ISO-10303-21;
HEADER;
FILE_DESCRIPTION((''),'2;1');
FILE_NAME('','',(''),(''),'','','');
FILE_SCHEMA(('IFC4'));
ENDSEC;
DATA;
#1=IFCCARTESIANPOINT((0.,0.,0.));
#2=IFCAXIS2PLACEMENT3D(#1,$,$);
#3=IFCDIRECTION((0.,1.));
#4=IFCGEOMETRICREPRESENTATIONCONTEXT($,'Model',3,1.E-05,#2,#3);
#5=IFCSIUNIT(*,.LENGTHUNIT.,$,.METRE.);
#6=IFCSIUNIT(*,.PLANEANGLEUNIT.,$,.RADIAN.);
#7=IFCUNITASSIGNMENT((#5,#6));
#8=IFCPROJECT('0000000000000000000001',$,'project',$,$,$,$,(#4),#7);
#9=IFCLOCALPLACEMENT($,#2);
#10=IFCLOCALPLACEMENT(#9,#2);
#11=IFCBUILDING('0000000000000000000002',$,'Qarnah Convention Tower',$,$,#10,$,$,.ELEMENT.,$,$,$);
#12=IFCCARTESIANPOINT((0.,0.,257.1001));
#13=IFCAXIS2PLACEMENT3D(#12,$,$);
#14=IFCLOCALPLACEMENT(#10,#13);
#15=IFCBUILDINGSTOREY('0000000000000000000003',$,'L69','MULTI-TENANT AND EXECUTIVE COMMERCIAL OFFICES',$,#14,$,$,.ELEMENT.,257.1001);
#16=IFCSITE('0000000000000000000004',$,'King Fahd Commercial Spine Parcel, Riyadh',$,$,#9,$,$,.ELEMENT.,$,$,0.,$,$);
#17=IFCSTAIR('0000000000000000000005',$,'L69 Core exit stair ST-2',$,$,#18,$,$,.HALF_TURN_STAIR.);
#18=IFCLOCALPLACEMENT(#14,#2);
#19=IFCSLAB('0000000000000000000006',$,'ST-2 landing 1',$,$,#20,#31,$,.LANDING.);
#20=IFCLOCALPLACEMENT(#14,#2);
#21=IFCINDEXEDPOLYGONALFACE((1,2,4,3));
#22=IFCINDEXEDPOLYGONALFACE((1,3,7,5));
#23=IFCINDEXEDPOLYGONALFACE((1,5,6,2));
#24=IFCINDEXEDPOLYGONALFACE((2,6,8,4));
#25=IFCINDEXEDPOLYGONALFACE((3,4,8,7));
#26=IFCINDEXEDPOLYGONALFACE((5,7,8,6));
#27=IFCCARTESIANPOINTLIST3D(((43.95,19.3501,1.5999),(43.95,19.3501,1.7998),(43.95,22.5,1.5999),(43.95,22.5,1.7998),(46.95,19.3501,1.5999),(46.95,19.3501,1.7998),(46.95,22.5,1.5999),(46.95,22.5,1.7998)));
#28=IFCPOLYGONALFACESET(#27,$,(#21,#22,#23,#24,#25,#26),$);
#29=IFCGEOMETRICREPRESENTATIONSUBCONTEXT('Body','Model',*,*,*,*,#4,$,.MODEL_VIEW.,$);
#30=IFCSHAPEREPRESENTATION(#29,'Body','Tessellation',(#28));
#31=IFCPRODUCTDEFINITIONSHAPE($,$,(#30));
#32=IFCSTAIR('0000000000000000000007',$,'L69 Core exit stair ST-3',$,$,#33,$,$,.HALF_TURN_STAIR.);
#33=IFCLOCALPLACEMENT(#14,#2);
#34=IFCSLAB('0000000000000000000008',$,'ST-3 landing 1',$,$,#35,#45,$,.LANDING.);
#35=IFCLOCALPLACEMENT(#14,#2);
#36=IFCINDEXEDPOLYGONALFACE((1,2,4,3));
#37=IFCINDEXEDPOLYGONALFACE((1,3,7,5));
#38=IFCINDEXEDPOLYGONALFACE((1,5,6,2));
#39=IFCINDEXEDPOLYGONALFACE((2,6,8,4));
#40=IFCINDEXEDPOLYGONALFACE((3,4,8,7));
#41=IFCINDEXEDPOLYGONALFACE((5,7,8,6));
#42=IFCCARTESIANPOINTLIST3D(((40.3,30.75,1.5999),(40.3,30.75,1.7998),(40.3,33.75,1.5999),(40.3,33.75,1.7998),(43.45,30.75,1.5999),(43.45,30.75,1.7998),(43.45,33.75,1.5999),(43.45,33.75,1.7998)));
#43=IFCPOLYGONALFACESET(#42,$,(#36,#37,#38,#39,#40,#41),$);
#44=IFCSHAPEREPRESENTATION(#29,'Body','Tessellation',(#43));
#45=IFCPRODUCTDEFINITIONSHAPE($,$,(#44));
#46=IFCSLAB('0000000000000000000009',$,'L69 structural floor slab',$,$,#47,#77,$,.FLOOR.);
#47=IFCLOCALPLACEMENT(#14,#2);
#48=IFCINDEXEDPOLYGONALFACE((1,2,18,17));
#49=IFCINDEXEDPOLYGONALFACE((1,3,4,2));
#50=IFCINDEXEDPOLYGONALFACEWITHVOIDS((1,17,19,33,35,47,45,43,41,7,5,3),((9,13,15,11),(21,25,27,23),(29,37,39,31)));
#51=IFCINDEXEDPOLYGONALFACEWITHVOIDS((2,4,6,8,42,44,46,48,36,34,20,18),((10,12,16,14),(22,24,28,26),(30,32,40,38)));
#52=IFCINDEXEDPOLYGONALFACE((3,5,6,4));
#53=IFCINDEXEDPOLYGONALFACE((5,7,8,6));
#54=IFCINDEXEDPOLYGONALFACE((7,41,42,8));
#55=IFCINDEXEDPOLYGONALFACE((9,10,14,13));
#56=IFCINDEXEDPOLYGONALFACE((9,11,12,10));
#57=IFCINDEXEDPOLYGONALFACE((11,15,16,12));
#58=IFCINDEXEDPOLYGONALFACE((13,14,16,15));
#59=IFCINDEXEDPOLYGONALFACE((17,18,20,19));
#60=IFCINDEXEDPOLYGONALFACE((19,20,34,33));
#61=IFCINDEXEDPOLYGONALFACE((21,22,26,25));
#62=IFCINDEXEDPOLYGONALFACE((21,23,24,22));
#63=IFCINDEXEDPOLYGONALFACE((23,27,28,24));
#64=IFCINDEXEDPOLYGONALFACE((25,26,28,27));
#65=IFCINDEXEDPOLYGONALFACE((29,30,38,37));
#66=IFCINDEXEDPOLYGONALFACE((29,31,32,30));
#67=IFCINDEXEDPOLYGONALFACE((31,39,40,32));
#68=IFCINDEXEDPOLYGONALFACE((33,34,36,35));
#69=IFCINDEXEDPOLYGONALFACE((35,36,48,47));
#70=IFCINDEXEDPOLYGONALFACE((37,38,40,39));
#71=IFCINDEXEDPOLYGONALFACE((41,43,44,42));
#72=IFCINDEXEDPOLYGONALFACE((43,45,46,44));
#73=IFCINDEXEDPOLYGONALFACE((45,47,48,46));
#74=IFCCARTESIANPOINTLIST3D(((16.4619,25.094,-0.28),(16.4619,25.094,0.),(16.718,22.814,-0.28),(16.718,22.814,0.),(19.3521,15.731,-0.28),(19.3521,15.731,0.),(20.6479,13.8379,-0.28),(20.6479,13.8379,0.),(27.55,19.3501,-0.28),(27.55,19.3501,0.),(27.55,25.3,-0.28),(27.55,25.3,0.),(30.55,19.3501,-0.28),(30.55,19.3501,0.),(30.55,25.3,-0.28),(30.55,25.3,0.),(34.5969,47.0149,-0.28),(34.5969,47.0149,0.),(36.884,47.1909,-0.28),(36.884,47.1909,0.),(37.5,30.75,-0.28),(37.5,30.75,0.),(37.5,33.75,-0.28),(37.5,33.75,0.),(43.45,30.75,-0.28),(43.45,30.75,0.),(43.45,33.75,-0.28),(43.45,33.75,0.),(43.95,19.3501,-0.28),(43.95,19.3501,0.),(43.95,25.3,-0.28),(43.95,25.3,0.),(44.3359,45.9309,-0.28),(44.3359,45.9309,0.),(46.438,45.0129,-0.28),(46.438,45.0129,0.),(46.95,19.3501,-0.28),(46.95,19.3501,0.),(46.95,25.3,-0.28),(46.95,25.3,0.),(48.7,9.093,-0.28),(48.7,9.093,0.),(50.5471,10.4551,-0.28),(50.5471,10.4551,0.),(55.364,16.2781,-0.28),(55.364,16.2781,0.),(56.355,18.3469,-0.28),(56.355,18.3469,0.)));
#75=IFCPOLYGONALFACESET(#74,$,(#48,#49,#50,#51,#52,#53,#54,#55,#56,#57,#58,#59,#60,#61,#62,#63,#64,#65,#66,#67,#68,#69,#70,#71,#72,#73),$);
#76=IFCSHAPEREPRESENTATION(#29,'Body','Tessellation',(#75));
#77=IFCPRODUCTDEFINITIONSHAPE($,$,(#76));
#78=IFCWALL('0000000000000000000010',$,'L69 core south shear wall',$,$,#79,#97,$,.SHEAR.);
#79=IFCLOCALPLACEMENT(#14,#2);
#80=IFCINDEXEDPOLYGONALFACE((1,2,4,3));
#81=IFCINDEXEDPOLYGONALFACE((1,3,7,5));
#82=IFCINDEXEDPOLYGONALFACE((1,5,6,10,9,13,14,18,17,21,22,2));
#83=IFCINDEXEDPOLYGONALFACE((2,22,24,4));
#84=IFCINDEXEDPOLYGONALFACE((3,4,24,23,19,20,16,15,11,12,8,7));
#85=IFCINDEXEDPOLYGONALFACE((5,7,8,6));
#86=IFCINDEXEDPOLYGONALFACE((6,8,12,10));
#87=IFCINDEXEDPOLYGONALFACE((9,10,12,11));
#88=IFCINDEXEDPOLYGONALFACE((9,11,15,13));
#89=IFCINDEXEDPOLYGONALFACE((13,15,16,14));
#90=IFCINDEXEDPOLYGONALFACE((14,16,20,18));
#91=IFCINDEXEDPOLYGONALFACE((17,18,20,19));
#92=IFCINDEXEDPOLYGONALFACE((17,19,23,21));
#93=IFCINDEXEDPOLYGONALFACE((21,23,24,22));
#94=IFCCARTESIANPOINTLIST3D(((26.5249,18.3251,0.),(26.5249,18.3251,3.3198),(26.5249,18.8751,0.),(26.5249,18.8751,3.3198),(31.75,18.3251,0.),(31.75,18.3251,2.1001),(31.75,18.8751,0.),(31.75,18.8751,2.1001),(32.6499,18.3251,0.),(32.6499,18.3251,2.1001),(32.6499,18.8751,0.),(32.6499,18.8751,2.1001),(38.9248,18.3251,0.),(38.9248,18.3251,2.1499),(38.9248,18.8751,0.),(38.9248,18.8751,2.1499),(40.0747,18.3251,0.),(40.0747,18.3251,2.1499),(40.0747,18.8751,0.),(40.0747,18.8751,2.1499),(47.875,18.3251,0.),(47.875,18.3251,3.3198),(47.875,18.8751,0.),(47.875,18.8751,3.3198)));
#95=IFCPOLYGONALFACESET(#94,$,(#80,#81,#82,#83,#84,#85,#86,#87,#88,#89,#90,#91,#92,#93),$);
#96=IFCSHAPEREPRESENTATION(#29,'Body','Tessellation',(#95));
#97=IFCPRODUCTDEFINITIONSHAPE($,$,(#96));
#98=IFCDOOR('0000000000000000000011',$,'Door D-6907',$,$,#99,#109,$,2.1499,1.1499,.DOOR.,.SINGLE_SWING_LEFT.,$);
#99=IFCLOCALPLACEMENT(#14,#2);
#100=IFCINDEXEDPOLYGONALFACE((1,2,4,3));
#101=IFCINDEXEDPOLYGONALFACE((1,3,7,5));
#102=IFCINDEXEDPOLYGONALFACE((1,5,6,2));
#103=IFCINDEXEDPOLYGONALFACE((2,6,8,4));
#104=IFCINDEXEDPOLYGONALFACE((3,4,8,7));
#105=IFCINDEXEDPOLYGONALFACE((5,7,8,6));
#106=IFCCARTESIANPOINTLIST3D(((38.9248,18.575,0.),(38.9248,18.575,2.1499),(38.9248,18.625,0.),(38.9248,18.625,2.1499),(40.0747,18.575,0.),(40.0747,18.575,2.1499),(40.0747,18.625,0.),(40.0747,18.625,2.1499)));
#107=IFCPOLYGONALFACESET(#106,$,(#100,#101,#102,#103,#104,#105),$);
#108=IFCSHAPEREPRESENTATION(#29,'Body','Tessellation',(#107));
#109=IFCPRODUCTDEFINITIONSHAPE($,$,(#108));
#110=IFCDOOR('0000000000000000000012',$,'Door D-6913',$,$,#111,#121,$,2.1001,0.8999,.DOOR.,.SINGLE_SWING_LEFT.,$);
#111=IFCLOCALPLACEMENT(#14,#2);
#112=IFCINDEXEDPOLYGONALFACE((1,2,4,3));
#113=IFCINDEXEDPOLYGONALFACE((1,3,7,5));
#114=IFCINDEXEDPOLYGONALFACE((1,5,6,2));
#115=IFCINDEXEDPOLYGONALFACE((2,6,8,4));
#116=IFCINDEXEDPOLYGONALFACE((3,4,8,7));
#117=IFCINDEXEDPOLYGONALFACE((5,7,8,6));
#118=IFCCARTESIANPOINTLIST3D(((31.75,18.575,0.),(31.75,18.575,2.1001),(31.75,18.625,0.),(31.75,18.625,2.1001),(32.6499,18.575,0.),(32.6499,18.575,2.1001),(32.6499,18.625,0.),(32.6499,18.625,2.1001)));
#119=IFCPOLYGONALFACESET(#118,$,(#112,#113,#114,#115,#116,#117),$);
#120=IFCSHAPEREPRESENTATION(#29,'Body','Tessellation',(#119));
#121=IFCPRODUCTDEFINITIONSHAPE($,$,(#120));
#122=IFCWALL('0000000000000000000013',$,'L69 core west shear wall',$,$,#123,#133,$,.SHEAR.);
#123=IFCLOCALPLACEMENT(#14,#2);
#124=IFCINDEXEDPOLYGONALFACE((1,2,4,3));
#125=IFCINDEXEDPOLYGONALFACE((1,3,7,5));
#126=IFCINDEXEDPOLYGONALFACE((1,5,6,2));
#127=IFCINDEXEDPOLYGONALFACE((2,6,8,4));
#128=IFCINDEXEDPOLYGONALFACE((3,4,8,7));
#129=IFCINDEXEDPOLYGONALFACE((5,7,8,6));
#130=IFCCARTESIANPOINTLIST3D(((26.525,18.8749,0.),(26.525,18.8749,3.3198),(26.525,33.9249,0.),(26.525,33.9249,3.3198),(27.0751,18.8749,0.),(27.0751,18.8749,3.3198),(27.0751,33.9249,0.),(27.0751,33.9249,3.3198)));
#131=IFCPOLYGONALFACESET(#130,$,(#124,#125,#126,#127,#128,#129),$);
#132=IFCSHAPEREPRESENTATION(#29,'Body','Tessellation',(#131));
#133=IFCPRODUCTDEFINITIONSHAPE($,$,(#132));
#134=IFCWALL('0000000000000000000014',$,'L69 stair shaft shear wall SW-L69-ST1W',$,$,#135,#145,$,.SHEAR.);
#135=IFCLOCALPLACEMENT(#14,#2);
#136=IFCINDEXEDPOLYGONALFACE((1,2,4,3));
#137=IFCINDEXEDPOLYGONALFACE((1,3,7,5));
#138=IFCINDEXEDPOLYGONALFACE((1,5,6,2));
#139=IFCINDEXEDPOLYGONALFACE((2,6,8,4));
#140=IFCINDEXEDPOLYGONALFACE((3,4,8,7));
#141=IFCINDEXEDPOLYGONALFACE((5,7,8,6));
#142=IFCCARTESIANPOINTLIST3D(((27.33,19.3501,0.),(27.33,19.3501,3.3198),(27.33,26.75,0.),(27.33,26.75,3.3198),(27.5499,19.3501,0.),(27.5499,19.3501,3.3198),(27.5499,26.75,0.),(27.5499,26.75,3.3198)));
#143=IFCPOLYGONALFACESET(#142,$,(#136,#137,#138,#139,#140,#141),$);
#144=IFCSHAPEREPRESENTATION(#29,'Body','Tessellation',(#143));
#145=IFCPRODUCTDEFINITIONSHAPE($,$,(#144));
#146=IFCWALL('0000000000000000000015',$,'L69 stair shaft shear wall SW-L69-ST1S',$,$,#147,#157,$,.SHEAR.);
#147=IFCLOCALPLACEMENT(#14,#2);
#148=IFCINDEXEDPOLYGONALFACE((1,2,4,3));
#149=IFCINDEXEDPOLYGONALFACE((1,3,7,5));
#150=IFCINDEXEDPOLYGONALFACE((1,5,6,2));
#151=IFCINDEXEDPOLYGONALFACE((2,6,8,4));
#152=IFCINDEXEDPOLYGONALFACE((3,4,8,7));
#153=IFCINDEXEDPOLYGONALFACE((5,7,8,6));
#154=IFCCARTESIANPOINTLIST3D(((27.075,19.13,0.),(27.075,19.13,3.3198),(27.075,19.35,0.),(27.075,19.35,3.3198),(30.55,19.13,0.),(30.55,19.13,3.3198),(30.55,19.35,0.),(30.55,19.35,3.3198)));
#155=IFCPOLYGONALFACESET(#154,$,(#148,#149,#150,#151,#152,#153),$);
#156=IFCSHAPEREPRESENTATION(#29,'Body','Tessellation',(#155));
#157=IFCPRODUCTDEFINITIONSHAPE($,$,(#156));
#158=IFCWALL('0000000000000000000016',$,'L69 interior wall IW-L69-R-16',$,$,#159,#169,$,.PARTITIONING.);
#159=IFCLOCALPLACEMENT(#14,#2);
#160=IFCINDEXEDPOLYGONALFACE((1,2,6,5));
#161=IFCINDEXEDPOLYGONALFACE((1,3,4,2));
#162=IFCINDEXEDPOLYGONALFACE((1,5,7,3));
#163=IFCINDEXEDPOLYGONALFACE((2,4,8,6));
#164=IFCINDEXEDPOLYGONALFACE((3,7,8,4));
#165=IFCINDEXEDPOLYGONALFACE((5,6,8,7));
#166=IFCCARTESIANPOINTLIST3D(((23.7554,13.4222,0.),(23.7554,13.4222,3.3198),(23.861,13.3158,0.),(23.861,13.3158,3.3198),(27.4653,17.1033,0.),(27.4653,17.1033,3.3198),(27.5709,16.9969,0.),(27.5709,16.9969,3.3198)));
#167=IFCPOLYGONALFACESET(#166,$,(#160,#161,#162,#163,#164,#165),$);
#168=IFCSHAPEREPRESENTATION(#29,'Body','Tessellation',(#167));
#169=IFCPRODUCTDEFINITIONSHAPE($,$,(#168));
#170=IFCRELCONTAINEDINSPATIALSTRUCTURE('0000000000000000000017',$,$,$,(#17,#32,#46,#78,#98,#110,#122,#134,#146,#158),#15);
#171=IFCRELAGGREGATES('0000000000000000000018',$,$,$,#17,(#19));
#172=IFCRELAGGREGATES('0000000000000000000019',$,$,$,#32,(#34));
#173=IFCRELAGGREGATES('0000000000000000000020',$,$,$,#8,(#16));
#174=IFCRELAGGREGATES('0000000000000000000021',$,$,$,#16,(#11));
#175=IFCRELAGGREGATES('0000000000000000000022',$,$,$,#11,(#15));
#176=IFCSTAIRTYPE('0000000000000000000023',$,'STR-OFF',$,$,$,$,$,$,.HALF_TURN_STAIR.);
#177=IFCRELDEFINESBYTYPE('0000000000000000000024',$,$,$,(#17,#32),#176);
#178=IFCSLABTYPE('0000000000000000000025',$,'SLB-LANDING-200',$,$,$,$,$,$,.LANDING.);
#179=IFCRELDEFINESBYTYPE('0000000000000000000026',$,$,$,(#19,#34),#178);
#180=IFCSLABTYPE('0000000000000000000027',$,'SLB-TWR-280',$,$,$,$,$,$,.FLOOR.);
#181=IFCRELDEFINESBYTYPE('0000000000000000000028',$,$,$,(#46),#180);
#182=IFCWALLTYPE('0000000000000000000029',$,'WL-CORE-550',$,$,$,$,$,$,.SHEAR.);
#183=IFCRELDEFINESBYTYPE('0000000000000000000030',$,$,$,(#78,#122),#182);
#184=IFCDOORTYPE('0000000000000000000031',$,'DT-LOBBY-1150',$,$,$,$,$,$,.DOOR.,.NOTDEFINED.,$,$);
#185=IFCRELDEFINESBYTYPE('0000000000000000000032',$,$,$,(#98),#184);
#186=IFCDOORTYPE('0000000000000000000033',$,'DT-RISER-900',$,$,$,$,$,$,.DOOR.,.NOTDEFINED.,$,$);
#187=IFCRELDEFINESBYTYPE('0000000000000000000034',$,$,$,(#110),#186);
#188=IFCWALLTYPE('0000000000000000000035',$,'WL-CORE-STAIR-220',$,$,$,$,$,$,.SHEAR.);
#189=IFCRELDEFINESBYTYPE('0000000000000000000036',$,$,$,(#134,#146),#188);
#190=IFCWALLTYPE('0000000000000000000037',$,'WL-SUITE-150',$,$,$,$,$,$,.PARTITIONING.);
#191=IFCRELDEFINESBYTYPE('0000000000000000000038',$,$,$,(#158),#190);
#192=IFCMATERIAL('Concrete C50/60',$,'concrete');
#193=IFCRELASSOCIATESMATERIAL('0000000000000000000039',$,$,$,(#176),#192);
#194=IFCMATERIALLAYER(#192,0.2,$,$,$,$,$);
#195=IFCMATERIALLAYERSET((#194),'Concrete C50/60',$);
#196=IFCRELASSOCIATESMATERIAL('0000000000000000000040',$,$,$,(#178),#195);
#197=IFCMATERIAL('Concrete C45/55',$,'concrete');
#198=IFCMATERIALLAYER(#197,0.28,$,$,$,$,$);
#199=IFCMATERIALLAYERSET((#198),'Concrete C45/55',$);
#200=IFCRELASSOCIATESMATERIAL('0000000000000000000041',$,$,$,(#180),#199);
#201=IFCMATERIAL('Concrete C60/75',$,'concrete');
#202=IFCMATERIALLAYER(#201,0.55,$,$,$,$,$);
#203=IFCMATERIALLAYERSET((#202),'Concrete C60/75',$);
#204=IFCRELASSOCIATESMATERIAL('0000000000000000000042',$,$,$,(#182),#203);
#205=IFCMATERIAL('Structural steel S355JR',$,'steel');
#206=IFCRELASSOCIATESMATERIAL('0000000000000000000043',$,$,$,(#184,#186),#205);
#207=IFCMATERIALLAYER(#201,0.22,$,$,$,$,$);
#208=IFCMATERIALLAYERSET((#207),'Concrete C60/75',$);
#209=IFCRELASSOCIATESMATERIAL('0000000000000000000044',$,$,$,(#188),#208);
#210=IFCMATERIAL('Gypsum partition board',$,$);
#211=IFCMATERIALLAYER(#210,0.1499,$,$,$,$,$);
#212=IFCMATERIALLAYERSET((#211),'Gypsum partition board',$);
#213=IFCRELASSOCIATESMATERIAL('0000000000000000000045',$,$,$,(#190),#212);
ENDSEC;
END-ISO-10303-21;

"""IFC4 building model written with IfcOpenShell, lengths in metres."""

from ifc_helpers import new_model, si_unit, direction, frame, frame_2d, origin, place, context, subcontext, project, spatial, polyline, rectangle, outline, extrude, material, layer, layer_set, type_object, element, fill, aggregate, save


model = new_model("IFC4")

# Units and contexts
model_context = context("Model", 3, precision=1e-05, world=origin(), true_north=direction((0.0, 1.0)))
body_context = subcontext(model_context, "Body", "Model", "MODEL_VIEW")
ifc_project = project(units=[si_unit("LENGTHUNIT", "METRE"), si_unit("PLANEANGLEUNIT", "RADIAN")], contexts=[model_context])

# Site, building, storey
site_placement = place(None, origin())
site = spatial("IfcSite", under=ifc_project, at=site_placement, Name="King Fahd Commercial Spine Parcel, Riyadh", CompositionType="ELEMENT", RefElevation=0.0)
building_placement = place(site_placement, origin())
building = spatial("IfcBuilding", under=site, at=building_placement, Name="Qarnah Convention Tower", CompositionType="ELEMENT")
storey_placement = place(building_placement, frame((0.0, 0.0, 257.1001)))
storey = spatial("IfcBuildingStorey", under=building, at=storey_placement, Name="L69", Description="MULTI-TENANT AND EXECUTIVE COMMERCIAL OFFICES", CompositionType="ELEMENT", Elevation=257.1001)

# Shared definitions
ifc_material_1 = material(Name="Concrete C50/60", Category="concrete")

# Shared definitions
ifc_material_2 = material(Name="Structural steel S355JR", Category="steel")

# Shared definitions
ifc_material_3 = material(Name="Concrete C45/55", Category="concrete")

# Stairs, slabs
stair_type = type_object("IfcStairType", Name="STR-OFF", PredefinedType="HALF_TURN_STAIR", material=ifc_material_1)
ifc_layer_1 = layer(ifc_material_1, 0.2)
ifc_layer_set_1 = layer_set([ifc_layer_1], Name="Concrete C50/60")
slab_type_1 = type_object("IfcSlabType", Name="SLB-LANDING-200", PredefinedType="LANDING", material=ifc_layer_set_1)
stair_1_placement = place(storey_placement, origin())
stair_1 = element("IfcStair", 1, at=stair_1_placement, inside=storey, type_object=stair_type, Name="L69 Core exit stair ST-2", PredefinedType="HALF_TURN_STAIR")
slab_1_placement = place(storey_placement, frame((0.0, 0.0, 1.5999)))
slab_1 = element("IfcSlab", 2, at=slab_1_placement, type_object=slab_type_1, Name="ST-2 landing 1", PredefinedType="LANDING", context=body_context, shape_type="SweptSolid", body=[
    extrude(outline(polyline([(43.95, 22.5), (43.95, 19.3501), (46.95, 19.3501), (46.95, 22.5), (43.95, 22.5)])), origin(), (0.0, 0.0, 1.0), 0.2),
])
aggregate(stair_1, [slab_1])
stair_2_placement = place(storey_placement, origin())
stair_2 = element("IfcStair", 3, at=stair_2_placement, inside=storey, type_object=stair_type, Name="L69 Core exit stair ST-3", PredefinedType="HALF_TURN_STAIR")
slab_2_placement = place(storey_placement, frame((0.0, 0.0, 1.5999)))
slab_2 = element("IfcSlab", 4, at=slab_2_placement, type_object=slab_type_1, Name="ST-3 landing 1", PredefinedType="LANDING", context=body_context, shape_type="SweptSolid", body=[
    extrude(outline(polyline([(40.3, 30.75), (43.45, 30.75), (43.45, 33.75), (40.3, 33.75), (40.3, 30.75)])), origin(), (0.0, 0.0, 1.0), 0.2),
])
aggregate(stair_2, [slab_2])

# Slab
ifc_layer_2 = layer(ifc_material_3, 0.28)
ifc_layer_set_2 = layer_set([ifc_layer_2], Name="Concrete C45/55")
slab_type_2 = type_object("IfcSlabType", Name="SLB-TWR-280", PredefinedType="FLOOR", material=ifc_layer_set_2)
slab_3_placement = place(storey_placement, frame((0.0, 0.0, -0.28)))
element("IfcSlab", 5, at=slab_3_placement, inside=storey, type_object=slab_type_2, Name="L69 structural floor slab", PredefinedType="FLOOR", context=body_context, shape_type="SweptSolid", body=[
    extrude(outline(polyline([(34.5969, 47.0149), (16.4619, 25.094), (16.718, 22.814), (19.3521, 15.731), (20.6479, 13.8379), (48.7, 9.093), (50.5471, 10.4551), (55.364, 16.2781), (56.355, 18.3469), (46.438, 45.0129), (44.3359, 45.9309), (36.884, 47.1909), (34.5969, 47.0149)]), holes=[polyline([(27.55, 25.3), (27.55, 19.3501), (30.55, 19.3501), (30.55, 25.3), (27.55, 25.3)]), polyline([(43.95, 25.3), (43.95, 19.3501), (46.95, 19.3501), (46.95, 25.3), (43.95, 25.3)]), polyline([(37.5, 30.75), (43.45, 30.75), (43.45, 33.75), (37.5, 33.75), (37.5, 30.75)])]), origin(), (0.0, 0.0, 1.0), 0.28),
])

# Wall, openings, doors
ifc_material_4 = material(Name="Concrete C60/75", Category="concrete")
ifc_layer_3 = layer(ifc_material_4, 0.55)
ifc_layer_set_3 = layer_set([ifc_layer_3], Name="Concrete C60/75")
wall_type_1 = type_object("IfcWallType", Name="WL-CORE-550", PredefinedType="SHEAR", material=ifc_layer_set_3)
wall_1_placement = place(storey_placement, frame((26.5249, 18.6001, 0.0), z_axis=(0.0, 0.0, 1.0), x_axis=(1.0, 0.0, 0.0)))
wall_1 = element("IfcWall", 6, at=wall_1_placement, inside=storey, type_object=wall_type_1, Name="L69 core south shear wall", PredefinedType="SHEAR", context=body_context, shape_type="SweptSolid", body=[
    extrude(rectangle(XDim=21.3501, YDim=0.55, at=frame_2d((10.675, 0.0))), origin(), (0.0, 0.0, 1.0), 3.3198),
])
opening_1_placement = place(wall_1_placement, frame((12.3999, 0.0, 0.0)))
opening_1 = element("IfcOpeningElement", 7, at=opening_1_placement, cuts=wall_1, PredefinedType="OPENING", context=body_context, shape_type="SweptSolid", body=[
    extrude(rectangle(XDim=1.1499, YDim=2.1499, at=frame_2d((0.575, 1.075))), frame((0.0, 0.2849, 0.0), z_axis=(0.0, -1.0, 0.0), x_axis=(1.0, 0.0, 0.0)), (0.0, 0.0, 1.0), 0.5701),
])
opening_2_placement = place(wall_1_placement, frame((5.2251, 0.0, 0.0)))
opening_2 = element("IfcOpeningElement", 8, at=opening_2_placement, cuts=wall_1, PredefinedType="OPENING", context=body_context, shape_type="SweptSolid", body=[
    extrude(rectangle(XDim=0.8999, YDim=2.1001, at=frame_2d((0.45, 1.05))), frame((0.0, 0.2849, 0.0), z_axis=(0.0, -1.0, 0.0), x_axis=(1.0, 0.0, 0.0)), (0.0, 0.0, 1.0), 0.5701),
])
door_type_1 = type_object("IfcDoorType", Name="DT-LOBBY-1150", OperationType="NOTDEFINED", PredefinedType="DOOR", material=ifc_material_2)
door_1_placement = place(opening_1_placement, origin())
door_1 = element("IfcDoor", 9, at=door_1_placement, inside=storey, type_object=door_type_1, Name="Door D-6907", OperationType="SINGLE_SWING_LEFT", OverallHeight=2.1499, OverallWidth=1.1499, PredefinedType="DOOR", context=body_context, shape_type="SweptSolid", body=[
    extrude(rectangle(XDim=1.1499, YDim=2.1499, at=frame_2d((0.575, 1.075))), frame((0.0, 0.0249, 0.0), z_axis=(0.0, -1.0, 0.0), x_axis=(1.0, 0.0, 0.0)), (0.0, 0.0, 1.0), 0.05),
])
fill(opening_1, door_1)
door_type_2 = type_object("IfcDoorType", Name="DT-RISER-900", OperationType="NOTDEFINED", PredefinedType="DOOR", material=ifc_material_2)
door_2_placement = place(opening_2_placement, origin())
door_2 = element("IfcDoor", 10, at=door_2_placement, inside=storey, type_object=door_type_2, Name="Door D-6913", OperationType="SINGLE_SWING_LEFT", OverallHeight=2.1001, OverallWidth=0.8999, PredefinedType="DOOR", context=body_context, shape_type="SweptSolid", body=[
    extrude(rectangle(XDim=0.8999, YDim=2.1001, at=frame_2d((0.45, 1.05))), frame((0.0, 0.0249, 0.0), z_axis=(0.0, -1.0, 0.0), x_axis=(1.0, 0.0, 0.0)), (0.0, 0.0, 1.0), 0.05),
])
fill(opening_2, door_2)

# Walls
wall_2_placement = place(storey_placement, frame((26.8, 18.875, 0.0), z_axis=(0.0, 0.0, 1.0), x_axis=(0.0, 1.0, 0.0)))
element("IfcWall", 11, at=wall_2_placement, inside=storey, type_object=wall_type_1, Name="L69 core west shear wall", PredefinedType="SHEAR", context=body_context, shape_type="SweptSolid", body=[
    extrude(rectangle(XDim=15.05, YDim=0.55, at=frame_2d((7.5249, 0.0))), origin(), (0.0, 0.0, 1.0), 3.3198),
])
ifc_layer_4 = layer(ifc_material_4, 0.22)
ifc_layer_set_4 = layer_set([ifc_layer_4], Name="Concrete C60/75")
wall_type_2 = type_object("IfcWallType", Name="WL-CORE-STAIR-220", PredefinedType="SHEAR", material=ifc_layer_set_4)
wall_3_placement = place(storey_placement, frame((27.4399, 19.3501, 0.0), z_axis=(0.0, 0.0, 1.0), x_axis=(0.0, 1.0, 0.0)))
element("IfcWall", 12, at=wall_3_placement, inside=storey, type_object=wall_type_2, Name="L69 stair shaft shear wall SW-L69-ST1W", PredefinedType="SHEAR", context=body_context, shape_type="SweptSolid", body=[
    extrude(rectangle(XDim=7.3999, YDim=0.22, at=frame_2d((3.7, 0.0))), origin(), (0.0, 0.0, 1.0), 3.3198),
])
wall_4_placement = place(storey_placement, frame((27.075, 19.24, 0.0), z_axis=(0.0, 0.0, 1.0), x_axis=(1.0, 0.0, 0.0)))
element("IfcWall", 13, at=wall_4_placement, inside=storey, type_object=wall_type_2, Name="L69 stair shaft shear wall SW-L69-ST1S", PredefinedType="SHEAR", context=body_context, shape_type="SweptSolid", body=[
    extrude(rectangle(XDim=3.4751, YDim=0.22, at=frame_2d((1.7375, 0.0))), origin(), (0.0, 0.0, 1.0), 3.3198),
])

# Wall
ifc_material_5 = material(Name="Gypsum partition board")
ifc_layer_5 = layer(ifc_material_5, 0.1499)
ifc_layer_set_5 = layer_set([ifc_layer_5], Name="Gypsum partition board")
wall_type_3 = type_object("IfcWallType", Name="WL-SUITE-150", PredefinedType="PARTITIONING", material=ifc_layer_set_5)
wall_5_placement = place(storey_placement, frame((23.8081, 13.3689, 0.0), z_axis=(0.0, 0.0, 1.0), x_axis=(0.709858, 0.704345, 0.0)))
element("IfcWall", 14, at=wall_5_placement, inside=storey, type_object=wall_type_3, Name="L69 interior wall IW-L69-R-16", PredefinedType="PARTITIONING", context=body_context, shape_type="SweptSolid", body=[
    extrude(rectangle(XDim=5.2263, YDim=0.1499, at=frame_2d((2.6133, 0.0))), origin(), (0.0, 0.0, 1.0), 3.3198),
])

save(model, "model.ifc")
